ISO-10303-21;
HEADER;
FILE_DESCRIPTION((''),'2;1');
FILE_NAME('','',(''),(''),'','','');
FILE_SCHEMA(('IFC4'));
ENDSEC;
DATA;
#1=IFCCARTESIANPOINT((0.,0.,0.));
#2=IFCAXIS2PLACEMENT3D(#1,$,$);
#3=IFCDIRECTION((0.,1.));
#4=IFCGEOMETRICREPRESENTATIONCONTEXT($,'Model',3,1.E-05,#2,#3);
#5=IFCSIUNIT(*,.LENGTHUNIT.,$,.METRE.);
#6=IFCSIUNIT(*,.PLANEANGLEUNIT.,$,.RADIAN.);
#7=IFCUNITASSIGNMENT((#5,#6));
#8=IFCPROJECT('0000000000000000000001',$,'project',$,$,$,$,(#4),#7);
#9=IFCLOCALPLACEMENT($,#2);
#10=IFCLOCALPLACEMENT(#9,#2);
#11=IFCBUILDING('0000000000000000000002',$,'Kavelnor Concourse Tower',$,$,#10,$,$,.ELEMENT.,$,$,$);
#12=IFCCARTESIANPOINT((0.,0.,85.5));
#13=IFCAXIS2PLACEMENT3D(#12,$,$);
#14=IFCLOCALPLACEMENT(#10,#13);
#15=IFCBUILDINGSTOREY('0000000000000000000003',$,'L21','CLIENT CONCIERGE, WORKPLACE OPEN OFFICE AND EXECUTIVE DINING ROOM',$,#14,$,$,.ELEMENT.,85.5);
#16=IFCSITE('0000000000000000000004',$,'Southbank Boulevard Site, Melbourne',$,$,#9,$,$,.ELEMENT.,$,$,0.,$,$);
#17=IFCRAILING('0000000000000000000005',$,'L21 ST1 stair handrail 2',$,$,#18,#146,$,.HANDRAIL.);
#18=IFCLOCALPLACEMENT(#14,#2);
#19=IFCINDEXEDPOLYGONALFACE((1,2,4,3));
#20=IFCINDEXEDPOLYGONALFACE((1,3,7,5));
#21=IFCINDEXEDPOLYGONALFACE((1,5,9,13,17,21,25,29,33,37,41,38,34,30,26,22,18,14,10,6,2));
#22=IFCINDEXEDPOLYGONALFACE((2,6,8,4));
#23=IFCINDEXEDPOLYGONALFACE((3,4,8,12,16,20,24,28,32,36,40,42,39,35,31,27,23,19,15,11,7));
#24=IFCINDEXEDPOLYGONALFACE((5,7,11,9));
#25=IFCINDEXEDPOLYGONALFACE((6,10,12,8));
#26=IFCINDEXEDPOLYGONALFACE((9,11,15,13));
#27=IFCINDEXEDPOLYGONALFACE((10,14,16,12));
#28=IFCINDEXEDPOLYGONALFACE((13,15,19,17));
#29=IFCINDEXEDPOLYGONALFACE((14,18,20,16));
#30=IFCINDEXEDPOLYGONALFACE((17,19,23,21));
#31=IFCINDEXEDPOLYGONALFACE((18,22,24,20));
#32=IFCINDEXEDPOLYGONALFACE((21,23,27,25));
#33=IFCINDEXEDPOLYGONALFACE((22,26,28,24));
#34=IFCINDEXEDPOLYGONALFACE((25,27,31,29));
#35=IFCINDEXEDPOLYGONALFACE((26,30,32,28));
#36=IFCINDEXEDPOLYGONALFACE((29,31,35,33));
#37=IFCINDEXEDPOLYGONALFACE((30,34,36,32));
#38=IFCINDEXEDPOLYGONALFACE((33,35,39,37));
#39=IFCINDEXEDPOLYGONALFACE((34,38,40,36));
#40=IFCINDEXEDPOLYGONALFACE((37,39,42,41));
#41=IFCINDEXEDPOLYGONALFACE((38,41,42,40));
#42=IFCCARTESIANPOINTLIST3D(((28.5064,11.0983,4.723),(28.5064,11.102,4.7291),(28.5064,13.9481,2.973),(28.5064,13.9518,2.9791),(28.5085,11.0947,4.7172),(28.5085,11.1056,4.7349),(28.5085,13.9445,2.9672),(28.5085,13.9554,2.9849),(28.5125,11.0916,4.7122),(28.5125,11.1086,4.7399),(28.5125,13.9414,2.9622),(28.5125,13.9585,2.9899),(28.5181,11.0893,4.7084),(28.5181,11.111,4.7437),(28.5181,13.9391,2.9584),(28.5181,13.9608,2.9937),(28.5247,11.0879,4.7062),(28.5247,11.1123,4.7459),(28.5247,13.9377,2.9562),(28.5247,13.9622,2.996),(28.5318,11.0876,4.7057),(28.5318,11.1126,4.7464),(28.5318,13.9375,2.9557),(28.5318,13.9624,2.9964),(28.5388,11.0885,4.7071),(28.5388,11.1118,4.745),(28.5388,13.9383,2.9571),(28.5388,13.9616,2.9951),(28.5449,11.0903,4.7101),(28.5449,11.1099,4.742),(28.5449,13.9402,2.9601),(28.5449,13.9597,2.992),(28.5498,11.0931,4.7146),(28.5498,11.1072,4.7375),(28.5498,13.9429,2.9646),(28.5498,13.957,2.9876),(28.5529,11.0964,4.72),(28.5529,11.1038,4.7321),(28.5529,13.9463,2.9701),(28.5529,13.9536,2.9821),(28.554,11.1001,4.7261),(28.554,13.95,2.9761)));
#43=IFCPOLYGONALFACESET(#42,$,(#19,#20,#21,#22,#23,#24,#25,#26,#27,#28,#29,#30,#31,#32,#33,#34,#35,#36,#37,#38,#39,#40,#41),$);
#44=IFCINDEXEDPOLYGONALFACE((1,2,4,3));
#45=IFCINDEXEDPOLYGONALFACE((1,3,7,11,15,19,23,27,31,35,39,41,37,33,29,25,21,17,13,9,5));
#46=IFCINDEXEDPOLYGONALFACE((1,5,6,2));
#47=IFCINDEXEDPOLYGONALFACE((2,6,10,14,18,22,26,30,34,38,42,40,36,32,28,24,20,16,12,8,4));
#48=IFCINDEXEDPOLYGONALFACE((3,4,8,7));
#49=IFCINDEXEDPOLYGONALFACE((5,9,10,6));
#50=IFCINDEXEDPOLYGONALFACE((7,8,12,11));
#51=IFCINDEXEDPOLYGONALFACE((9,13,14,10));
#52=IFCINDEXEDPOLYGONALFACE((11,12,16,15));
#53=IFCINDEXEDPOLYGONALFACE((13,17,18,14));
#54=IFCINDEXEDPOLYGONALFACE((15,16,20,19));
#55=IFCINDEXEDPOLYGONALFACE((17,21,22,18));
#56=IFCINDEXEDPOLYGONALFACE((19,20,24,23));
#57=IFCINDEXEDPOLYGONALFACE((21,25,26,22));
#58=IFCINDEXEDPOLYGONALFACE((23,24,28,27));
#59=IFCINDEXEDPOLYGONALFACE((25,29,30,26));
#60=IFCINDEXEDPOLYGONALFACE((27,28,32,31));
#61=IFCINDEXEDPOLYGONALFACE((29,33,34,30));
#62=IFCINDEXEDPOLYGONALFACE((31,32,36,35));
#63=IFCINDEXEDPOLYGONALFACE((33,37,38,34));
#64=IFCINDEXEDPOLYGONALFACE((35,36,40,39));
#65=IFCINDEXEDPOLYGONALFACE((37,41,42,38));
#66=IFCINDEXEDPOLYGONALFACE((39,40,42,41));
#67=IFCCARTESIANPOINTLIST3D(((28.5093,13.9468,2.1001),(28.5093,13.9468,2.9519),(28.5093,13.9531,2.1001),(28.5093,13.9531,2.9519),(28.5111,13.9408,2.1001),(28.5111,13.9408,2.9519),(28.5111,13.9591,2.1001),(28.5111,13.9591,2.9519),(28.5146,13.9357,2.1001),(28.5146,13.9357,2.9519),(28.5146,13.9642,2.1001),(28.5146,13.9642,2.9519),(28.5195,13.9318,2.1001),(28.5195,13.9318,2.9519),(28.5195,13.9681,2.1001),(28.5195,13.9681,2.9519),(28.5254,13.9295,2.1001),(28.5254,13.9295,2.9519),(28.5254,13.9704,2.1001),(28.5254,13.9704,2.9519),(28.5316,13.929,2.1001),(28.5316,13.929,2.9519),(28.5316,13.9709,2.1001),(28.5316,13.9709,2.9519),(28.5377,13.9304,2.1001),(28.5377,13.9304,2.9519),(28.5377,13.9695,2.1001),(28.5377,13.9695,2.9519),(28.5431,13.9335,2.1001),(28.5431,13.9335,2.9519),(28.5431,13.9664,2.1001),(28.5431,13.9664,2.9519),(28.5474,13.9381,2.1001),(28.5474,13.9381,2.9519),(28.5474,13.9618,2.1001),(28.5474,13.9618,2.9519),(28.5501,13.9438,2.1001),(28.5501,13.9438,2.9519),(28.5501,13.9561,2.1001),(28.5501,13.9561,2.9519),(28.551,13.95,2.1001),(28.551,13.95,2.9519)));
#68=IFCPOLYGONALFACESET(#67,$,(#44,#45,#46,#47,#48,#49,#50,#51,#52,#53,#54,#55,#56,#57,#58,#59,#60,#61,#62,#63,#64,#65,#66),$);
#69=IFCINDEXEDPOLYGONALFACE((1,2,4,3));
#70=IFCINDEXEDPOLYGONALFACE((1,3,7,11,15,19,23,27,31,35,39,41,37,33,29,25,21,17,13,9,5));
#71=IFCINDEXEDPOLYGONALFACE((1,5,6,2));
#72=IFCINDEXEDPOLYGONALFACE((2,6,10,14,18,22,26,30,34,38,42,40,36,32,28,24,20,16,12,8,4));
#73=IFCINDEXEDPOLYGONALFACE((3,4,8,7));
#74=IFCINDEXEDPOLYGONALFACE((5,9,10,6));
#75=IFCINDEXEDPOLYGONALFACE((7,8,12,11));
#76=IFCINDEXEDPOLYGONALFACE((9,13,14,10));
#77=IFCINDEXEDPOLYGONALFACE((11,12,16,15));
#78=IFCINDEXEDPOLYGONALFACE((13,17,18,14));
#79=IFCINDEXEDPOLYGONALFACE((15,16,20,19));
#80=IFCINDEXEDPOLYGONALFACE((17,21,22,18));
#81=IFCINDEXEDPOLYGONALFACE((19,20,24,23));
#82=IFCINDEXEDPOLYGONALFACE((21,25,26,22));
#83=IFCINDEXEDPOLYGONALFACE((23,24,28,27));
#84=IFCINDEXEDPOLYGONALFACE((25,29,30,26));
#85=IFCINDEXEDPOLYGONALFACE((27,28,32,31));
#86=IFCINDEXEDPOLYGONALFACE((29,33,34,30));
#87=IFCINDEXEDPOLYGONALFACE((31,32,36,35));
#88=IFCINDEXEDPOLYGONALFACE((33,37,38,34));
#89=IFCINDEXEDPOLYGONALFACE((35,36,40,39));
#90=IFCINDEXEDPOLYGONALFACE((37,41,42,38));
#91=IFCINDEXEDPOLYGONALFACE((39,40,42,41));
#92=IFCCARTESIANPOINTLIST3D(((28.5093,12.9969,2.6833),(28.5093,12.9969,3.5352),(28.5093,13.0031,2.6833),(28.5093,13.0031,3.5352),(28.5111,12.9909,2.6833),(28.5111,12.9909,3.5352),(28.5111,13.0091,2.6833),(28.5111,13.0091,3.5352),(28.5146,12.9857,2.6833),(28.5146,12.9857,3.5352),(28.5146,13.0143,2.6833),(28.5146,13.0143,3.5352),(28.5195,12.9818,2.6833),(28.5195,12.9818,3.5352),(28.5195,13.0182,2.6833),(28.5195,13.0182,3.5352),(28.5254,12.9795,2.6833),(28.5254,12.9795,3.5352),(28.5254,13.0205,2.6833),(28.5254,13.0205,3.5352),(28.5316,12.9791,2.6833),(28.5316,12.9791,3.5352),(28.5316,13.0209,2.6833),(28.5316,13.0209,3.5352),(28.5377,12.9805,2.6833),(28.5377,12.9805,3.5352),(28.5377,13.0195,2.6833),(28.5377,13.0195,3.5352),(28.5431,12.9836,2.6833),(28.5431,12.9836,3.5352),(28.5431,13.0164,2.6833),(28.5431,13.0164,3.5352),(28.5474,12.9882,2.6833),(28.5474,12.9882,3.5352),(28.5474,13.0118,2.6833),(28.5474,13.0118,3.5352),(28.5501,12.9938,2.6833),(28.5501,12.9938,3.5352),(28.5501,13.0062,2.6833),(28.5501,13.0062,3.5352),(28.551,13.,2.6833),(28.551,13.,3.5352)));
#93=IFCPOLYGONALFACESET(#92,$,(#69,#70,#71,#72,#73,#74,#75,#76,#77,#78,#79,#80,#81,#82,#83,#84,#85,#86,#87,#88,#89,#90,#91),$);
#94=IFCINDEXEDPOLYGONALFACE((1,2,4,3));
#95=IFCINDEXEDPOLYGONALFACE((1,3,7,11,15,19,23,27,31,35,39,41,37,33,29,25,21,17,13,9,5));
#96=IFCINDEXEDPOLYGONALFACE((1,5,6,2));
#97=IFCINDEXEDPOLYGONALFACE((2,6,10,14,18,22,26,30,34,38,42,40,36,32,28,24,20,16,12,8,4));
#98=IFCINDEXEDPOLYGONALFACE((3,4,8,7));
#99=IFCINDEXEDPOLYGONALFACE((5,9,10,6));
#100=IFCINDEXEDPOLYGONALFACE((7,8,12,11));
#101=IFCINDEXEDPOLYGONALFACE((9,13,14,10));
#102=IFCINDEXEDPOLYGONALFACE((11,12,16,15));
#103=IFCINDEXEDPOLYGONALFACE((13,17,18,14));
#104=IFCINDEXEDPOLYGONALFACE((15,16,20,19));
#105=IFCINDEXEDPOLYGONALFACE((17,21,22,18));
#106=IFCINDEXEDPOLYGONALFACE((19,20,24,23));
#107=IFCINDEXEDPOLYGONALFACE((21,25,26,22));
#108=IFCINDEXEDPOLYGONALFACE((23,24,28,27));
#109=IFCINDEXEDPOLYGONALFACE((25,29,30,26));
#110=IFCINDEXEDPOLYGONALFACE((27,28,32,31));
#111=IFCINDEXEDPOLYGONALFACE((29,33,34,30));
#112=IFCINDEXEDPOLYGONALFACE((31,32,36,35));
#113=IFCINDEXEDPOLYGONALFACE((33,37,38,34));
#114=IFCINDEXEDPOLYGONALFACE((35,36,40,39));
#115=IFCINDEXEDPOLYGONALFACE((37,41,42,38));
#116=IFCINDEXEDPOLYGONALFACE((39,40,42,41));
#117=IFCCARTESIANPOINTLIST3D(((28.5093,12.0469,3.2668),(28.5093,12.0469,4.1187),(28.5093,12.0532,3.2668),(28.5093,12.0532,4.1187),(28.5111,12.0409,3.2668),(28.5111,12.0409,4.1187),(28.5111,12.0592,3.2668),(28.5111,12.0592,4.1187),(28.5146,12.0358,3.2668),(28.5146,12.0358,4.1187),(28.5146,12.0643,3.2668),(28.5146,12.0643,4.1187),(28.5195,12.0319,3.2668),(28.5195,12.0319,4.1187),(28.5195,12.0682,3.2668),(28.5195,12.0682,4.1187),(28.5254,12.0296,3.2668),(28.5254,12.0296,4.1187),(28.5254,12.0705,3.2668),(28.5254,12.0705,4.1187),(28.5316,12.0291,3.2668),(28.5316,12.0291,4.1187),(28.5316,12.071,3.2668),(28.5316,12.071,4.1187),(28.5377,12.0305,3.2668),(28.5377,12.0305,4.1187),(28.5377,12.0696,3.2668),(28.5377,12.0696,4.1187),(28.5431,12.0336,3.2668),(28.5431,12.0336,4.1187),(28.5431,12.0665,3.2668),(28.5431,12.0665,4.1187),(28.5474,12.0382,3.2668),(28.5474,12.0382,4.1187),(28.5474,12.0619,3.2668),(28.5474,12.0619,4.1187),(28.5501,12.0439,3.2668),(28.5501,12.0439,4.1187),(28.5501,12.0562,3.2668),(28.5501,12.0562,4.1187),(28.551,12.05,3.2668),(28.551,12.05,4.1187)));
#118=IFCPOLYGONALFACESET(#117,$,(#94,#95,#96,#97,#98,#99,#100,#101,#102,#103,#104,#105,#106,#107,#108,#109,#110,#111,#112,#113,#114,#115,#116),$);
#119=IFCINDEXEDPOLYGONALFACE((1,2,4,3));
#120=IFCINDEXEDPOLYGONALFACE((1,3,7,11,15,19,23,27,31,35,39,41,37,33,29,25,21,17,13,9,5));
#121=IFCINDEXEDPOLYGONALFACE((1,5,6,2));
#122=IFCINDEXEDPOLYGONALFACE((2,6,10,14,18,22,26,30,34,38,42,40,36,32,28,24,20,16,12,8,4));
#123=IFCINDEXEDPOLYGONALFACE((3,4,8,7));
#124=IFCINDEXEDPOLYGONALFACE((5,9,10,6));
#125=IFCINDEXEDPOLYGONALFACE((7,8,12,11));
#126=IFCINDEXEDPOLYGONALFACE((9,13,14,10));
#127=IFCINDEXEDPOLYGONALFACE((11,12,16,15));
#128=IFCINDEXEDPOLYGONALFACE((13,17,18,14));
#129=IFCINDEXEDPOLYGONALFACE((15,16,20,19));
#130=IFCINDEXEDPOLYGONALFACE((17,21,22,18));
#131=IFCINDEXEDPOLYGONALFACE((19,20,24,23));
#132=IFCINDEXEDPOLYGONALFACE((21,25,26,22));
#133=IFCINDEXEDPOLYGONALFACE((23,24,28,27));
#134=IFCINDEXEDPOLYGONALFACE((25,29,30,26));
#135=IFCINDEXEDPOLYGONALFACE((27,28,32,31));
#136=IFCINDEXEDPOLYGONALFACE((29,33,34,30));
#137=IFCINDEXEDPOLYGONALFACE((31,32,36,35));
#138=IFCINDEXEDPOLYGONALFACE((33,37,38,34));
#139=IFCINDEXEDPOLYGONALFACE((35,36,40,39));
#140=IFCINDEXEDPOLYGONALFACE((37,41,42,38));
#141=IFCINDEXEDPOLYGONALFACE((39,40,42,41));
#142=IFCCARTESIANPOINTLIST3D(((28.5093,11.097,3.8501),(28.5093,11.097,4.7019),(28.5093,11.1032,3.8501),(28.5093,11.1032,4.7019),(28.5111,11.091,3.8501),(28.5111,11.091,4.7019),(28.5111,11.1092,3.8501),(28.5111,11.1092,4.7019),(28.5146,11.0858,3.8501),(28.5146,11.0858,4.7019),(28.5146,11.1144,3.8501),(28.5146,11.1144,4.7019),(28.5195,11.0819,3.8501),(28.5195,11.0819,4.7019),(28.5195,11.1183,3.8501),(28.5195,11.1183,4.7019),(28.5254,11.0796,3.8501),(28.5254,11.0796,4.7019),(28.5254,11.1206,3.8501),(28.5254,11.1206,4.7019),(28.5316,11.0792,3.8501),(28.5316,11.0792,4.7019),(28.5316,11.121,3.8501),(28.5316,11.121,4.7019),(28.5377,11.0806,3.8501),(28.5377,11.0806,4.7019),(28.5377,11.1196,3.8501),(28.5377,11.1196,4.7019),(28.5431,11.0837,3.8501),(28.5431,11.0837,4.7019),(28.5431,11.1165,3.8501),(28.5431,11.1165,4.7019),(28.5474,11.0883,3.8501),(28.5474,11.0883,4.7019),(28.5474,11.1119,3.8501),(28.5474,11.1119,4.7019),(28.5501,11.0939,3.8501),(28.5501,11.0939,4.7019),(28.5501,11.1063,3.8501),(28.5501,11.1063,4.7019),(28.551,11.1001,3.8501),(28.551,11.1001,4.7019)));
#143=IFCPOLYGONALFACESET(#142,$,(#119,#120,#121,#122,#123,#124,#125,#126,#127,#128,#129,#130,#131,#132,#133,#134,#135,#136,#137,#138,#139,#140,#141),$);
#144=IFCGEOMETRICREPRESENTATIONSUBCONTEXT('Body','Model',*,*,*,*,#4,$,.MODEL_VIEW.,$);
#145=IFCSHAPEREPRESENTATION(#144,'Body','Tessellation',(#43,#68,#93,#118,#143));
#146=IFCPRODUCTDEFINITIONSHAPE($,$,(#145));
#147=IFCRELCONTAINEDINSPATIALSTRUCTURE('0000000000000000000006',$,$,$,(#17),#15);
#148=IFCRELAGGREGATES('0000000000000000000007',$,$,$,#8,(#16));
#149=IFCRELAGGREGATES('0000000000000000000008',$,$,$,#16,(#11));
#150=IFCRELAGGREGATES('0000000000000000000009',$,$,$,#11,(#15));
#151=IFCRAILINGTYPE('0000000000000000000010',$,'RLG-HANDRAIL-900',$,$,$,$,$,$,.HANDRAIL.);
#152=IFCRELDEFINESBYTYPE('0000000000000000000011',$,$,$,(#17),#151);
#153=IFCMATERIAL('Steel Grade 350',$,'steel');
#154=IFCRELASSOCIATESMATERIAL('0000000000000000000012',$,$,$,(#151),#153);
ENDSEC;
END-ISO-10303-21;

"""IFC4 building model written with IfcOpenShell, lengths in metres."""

from ifc_helpers import new_model, si_unit, direction, frame, origin, origin_2d, place, context, subcontext, project, spatial, circle, extrude, material, type_object, element, save


model = new_model("IFC4")

# Units and contexts
model_context = context("Model", 3, precision=1e-05, world=origin(), true_north=direction((0.0, 1.0)))
body_context = subcontext(model_context, "Body", "Model", "MODEL_VIEW")
ifc_project = project(units=[si_unit("LENGTHUNIT", "METRE"), si_unit("PLANEANGLEUNIT", "RADIAN")], contexts=[model_context])

# Site, building, storey
site_placement = place(None, origin())
site = spatial("IfcSite", under=ifc_project, at=site_placement, Name="Southbank Boulevard Site, Melbourne", CompositionType="ELEMENT", RefElevation=0.0)
building_placement = place(site_placement, origin())
building = spatial("IfcBuilding", under=site, at=building_placement, Name="Kavelnor Concourse Tower", CompositionType="ELEMENT")
storey_placement = place(building_placement, frame((0.0, 0.0, 85.5)))
storey = spatial("IfcBuildingStorey", under=building, at=storey_placement, Name="L21", Description="CLIENT CONCIERGE, WORKPLACE OPEN OFFICE AND EXECUTIVE DINING ROOM", CompositionType="ELEMENT", Elevation=85.5)

# Shared definitions
ifc_material_1 = material(Name="Steel Grade 350", Category="steel")

# Railing
railing_type_1 = type_object("IfcRailingType", Name="RLG-HANDRAIL-900", PredefinedType="HANDRAIL", material=ifc_material_1)
railing_1_placement = place(storey_placement, frame((28.53, 13.95, 2.1001)))
element("IfcRailing", 1, at=railing_1_placement, inside=storey, type_object=railing_type_1, Name="L21 ST1 stair handrail 2", PredefinedType="HANDRAIL", context=body_context, shape_type="SweptSolid", body=[
    extrude(circle(Radius=0.0239, at=origin_2d()), frame((0.0, 0.0, 0.876), z_axis=(0.0, -0.852159, 0.523283), x_axis=(1.0, 0.0, 0.0)), (0.0, 0.0, 1.0), 3.3442),
    extrude(circle(Radius=0.021, at=origin_2d()), origin(), (0.0, 0.0, 1.0), 0.8518),
    extrude(circle(Radius=0.021, at=origin_2d()), frame((0.0, -0.95, 0.5833)), (0.0, 0.0, 1.0), 0.8518),
    extrude(circle(Radius=0.021, at=origin_2d()), frame((0.0, -1.8999, 1.1667)), (0.0, 0.0, 1.0), 0.8518),
    extrude(circle(Radius=0.021, at=origin_2d()), frame((0.0, -2.8499, 1.75)), (0.0, 0.0, 1.0), 0.8518),
])

save(model, "model.ifc")
